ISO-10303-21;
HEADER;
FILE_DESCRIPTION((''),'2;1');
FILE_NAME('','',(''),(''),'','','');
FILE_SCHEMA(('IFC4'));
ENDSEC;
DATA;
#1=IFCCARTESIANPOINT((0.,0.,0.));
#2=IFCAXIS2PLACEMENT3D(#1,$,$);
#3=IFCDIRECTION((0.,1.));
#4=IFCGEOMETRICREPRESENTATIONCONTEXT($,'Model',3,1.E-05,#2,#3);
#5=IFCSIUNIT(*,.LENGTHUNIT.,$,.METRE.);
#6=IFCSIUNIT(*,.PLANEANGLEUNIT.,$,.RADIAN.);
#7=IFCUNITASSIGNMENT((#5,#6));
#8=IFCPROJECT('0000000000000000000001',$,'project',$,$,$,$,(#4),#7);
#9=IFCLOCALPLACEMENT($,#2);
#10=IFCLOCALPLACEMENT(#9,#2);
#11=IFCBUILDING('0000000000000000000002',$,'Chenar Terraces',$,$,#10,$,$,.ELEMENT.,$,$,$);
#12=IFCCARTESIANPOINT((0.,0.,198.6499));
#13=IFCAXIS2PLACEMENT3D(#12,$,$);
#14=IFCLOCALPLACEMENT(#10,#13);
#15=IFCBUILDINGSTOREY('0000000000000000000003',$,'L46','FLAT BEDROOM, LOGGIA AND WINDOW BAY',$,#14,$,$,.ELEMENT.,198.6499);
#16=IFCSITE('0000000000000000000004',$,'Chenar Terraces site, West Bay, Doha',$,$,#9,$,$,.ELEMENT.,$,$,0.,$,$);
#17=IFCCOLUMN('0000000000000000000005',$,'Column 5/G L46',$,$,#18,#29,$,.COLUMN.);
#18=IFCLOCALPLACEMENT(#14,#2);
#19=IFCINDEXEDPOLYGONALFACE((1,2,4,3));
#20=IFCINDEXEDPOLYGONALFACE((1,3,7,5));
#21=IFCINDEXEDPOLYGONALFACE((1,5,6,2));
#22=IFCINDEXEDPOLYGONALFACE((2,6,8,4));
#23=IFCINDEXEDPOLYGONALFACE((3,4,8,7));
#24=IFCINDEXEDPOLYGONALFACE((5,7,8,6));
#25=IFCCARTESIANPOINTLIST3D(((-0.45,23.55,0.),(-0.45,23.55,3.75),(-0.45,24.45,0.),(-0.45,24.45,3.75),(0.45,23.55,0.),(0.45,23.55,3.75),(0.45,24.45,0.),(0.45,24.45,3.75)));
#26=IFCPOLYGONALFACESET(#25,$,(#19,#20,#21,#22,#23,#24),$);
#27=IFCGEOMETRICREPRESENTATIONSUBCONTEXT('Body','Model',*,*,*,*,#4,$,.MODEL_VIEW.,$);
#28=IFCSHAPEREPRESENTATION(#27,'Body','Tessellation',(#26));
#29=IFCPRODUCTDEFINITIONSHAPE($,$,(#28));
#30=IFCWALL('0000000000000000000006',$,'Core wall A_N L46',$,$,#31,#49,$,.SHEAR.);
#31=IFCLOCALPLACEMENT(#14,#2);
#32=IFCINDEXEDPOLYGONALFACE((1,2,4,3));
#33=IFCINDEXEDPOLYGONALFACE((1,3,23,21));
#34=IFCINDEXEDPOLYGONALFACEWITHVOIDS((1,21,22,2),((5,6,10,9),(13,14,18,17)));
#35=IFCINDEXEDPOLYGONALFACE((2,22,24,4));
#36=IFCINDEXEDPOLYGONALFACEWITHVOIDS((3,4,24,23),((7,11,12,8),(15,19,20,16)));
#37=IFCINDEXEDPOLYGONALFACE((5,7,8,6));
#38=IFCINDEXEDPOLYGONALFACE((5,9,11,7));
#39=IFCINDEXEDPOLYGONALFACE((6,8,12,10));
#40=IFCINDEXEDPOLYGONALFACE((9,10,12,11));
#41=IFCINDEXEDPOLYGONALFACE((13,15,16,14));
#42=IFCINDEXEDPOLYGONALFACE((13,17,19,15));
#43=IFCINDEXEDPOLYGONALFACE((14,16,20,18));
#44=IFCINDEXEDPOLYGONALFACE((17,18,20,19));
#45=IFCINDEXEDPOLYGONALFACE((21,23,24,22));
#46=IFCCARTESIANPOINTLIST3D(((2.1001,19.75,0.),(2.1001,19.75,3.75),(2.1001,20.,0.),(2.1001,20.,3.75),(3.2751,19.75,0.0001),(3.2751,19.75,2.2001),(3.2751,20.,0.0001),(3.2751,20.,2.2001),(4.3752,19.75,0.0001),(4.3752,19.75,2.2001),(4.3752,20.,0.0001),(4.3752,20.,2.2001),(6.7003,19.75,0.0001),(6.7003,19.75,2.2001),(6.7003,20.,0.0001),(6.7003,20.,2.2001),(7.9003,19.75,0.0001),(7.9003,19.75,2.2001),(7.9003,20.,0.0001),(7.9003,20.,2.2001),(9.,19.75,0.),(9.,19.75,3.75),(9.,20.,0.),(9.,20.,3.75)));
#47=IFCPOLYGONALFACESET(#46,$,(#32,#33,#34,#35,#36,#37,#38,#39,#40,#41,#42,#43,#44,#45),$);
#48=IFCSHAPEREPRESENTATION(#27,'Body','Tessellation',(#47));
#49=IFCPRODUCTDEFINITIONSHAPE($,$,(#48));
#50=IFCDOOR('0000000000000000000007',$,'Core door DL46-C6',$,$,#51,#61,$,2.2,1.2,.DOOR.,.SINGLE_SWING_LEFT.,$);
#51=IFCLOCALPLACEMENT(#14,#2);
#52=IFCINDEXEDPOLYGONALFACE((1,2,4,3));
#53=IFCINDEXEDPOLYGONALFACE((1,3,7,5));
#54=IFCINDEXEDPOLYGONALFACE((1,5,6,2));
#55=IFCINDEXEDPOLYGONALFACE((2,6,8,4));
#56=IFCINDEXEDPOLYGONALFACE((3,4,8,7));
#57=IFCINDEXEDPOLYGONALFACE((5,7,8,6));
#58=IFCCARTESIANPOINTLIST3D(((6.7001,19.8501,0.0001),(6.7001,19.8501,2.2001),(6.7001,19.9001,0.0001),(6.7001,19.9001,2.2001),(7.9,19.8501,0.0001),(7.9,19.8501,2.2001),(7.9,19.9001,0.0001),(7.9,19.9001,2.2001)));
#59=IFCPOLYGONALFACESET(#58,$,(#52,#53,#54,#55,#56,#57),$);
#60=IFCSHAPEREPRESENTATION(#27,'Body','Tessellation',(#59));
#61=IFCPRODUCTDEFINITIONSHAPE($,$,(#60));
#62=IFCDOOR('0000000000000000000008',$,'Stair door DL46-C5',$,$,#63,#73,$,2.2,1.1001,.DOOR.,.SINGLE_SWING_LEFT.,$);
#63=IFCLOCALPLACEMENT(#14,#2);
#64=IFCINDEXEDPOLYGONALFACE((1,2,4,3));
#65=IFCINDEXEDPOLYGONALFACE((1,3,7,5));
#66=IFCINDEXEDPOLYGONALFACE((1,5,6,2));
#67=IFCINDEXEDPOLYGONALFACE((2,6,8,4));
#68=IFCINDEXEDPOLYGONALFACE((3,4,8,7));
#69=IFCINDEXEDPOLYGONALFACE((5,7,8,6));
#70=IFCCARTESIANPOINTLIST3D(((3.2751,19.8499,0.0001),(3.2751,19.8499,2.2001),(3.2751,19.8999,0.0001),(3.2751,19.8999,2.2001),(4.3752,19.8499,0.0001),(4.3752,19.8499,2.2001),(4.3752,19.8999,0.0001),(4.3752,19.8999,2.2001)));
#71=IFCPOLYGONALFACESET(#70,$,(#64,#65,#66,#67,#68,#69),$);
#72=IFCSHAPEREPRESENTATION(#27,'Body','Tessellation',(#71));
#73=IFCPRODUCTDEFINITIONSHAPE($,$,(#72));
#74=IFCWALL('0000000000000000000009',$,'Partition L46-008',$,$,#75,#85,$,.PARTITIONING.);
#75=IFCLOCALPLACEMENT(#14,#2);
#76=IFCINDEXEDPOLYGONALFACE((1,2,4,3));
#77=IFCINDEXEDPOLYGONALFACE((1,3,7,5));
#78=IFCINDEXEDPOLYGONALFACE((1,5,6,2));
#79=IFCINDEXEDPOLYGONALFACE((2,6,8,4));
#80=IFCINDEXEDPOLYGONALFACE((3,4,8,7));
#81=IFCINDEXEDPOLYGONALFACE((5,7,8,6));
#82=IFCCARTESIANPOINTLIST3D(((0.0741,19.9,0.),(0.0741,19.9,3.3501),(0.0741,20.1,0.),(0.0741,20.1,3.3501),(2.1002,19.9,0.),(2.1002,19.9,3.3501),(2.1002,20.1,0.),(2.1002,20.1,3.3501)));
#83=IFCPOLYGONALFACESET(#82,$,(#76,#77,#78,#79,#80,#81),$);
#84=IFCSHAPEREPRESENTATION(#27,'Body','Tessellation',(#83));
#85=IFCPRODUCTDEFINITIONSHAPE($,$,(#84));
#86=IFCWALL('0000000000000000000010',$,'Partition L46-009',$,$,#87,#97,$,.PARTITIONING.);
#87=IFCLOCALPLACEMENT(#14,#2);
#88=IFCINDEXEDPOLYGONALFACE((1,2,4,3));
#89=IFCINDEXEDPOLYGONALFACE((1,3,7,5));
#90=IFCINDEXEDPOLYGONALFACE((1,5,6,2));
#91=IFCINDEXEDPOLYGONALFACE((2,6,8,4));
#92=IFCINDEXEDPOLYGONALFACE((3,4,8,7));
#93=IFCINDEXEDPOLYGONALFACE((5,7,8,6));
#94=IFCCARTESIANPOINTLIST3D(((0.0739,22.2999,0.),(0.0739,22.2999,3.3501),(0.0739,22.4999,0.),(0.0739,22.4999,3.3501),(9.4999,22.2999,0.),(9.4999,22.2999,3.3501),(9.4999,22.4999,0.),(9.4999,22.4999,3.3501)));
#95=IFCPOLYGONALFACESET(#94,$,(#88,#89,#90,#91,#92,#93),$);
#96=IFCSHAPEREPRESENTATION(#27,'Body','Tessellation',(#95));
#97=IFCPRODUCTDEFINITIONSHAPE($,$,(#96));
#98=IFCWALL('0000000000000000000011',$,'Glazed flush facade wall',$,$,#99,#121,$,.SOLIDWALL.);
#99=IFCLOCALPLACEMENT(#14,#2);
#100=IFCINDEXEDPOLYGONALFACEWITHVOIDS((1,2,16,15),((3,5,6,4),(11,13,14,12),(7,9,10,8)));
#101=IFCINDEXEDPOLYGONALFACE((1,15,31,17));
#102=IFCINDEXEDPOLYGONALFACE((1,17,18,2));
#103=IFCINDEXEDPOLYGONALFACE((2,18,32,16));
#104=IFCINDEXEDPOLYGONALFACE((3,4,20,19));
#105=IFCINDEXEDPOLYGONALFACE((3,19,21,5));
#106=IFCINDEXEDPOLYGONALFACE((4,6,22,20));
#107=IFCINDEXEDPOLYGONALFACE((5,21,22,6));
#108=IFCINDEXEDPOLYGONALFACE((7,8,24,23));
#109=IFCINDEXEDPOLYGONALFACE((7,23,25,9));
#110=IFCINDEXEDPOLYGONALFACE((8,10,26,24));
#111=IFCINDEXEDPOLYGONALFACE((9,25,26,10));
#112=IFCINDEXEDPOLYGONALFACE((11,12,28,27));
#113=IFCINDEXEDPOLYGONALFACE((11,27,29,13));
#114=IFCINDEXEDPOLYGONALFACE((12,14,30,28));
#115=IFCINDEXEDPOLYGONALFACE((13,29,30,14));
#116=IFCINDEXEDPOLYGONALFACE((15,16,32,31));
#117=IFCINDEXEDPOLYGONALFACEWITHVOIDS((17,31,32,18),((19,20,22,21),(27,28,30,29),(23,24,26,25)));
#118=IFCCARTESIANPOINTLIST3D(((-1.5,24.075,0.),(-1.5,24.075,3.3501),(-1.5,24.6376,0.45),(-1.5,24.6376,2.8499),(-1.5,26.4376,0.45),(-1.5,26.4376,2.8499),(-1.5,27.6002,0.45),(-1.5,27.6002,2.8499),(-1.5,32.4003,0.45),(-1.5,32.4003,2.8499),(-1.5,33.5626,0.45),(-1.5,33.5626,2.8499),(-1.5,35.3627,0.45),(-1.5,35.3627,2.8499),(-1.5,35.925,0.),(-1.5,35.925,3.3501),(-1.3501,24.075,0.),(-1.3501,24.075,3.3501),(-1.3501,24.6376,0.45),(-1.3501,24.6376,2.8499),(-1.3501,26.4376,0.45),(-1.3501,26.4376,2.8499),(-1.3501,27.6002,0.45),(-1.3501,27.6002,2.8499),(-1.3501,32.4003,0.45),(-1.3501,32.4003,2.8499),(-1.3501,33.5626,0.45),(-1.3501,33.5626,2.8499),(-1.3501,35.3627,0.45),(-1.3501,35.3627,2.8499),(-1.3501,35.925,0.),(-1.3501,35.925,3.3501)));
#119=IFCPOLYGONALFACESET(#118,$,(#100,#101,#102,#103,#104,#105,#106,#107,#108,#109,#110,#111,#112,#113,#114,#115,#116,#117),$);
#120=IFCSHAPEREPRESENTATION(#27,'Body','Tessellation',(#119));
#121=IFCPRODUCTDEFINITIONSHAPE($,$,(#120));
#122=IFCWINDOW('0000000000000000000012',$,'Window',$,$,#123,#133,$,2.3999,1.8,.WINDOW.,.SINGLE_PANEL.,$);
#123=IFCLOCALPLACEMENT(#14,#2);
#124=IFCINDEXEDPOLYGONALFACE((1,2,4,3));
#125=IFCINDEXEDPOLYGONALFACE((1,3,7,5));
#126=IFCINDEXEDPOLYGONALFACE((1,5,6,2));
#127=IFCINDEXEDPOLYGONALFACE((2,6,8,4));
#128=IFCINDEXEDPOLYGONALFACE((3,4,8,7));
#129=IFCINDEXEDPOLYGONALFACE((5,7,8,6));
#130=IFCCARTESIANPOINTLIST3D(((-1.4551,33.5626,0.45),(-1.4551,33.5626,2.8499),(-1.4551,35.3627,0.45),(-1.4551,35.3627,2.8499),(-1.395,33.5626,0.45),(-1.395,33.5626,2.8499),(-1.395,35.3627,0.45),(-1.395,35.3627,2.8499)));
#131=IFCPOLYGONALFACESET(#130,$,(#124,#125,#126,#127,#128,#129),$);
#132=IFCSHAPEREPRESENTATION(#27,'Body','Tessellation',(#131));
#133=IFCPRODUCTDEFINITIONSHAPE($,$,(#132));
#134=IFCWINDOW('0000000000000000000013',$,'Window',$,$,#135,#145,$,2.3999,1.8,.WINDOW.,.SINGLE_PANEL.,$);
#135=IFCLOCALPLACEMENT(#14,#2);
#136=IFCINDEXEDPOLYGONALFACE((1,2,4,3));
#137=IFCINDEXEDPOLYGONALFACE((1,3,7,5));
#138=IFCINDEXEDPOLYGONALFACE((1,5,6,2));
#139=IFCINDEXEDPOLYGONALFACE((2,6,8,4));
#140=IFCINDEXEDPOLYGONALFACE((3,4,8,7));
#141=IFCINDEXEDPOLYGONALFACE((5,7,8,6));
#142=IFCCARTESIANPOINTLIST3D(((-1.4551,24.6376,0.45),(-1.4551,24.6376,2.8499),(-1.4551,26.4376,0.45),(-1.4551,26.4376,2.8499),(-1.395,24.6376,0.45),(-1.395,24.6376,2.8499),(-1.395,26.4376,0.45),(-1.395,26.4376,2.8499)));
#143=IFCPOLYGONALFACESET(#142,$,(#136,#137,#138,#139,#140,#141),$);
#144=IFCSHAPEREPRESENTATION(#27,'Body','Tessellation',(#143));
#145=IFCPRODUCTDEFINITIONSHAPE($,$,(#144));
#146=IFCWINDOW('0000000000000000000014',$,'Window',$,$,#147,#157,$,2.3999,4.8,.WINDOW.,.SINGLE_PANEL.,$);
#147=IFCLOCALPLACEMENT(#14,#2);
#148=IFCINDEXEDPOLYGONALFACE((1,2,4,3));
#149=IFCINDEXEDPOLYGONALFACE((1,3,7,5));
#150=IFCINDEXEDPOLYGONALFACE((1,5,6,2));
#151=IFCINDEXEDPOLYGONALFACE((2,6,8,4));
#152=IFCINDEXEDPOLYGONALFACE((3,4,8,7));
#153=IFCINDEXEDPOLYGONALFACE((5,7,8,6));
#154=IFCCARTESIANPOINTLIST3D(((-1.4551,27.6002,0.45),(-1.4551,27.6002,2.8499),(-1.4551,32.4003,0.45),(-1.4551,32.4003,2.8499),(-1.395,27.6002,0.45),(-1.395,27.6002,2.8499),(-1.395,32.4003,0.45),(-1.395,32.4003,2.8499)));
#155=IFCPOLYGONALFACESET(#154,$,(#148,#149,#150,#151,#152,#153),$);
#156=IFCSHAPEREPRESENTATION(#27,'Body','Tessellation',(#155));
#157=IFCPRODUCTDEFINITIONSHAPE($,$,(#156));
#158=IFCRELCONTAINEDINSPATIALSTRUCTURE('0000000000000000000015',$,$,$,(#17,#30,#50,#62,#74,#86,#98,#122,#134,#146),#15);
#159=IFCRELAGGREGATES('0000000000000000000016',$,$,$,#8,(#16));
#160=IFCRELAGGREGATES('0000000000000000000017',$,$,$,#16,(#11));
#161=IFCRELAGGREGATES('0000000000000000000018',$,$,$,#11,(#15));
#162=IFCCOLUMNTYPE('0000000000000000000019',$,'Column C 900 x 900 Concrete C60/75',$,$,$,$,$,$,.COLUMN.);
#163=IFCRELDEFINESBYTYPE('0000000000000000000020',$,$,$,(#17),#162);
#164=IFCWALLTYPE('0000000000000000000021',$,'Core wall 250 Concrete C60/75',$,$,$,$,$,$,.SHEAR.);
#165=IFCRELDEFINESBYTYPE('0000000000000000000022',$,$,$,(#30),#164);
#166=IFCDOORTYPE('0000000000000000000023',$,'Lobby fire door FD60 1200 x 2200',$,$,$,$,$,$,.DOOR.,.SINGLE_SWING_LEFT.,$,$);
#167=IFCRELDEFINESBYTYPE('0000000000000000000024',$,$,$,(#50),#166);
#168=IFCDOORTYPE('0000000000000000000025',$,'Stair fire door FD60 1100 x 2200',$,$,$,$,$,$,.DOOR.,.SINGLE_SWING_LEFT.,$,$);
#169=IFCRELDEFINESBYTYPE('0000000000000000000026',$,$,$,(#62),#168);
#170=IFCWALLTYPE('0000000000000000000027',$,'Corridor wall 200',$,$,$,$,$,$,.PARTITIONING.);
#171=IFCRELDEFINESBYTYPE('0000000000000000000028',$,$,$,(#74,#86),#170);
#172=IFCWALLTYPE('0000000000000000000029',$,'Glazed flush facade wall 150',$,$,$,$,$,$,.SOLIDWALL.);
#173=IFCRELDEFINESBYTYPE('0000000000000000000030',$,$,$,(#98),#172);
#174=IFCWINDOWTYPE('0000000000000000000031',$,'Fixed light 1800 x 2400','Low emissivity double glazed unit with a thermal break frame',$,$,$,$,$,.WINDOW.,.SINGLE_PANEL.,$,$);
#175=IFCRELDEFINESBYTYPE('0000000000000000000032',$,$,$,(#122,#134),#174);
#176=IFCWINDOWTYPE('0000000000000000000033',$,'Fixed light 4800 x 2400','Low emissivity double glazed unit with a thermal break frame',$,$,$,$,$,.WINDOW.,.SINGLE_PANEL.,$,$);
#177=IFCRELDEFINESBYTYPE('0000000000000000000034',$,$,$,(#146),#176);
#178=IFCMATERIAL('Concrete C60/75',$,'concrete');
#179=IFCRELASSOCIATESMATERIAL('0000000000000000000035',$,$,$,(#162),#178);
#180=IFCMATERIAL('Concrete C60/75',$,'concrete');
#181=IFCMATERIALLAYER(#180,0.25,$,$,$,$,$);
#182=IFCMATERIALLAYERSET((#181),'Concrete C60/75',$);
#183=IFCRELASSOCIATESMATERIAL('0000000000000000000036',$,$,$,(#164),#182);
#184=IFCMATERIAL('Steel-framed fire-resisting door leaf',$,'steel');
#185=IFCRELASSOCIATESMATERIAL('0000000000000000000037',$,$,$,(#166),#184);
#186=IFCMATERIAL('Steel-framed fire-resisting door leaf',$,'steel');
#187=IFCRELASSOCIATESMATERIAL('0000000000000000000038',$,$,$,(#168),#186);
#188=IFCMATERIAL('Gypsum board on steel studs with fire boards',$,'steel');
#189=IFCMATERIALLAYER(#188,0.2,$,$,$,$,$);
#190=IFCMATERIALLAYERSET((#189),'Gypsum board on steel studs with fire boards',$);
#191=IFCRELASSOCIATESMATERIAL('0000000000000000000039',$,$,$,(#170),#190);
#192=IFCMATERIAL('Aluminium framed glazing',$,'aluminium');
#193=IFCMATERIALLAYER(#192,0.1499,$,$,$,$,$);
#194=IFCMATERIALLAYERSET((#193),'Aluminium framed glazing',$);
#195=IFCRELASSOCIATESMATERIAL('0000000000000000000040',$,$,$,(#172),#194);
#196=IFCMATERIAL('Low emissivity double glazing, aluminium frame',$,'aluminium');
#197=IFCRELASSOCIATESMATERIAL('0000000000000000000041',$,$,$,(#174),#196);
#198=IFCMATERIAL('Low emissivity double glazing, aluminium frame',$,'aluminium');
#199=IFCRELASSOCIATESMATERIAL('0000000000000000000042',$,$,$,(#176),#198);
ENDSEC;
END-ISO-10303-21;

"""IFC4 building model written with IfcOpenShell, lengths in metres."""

from ifc_helpers import new_model, si_unit, direction, frame, frame_2d, origin, origin_2d, place, context, subcontext, project, spatial, rectangle, extrude, material, layer, layer_set, material_profile, profile_set, type_object, element, fill, save


model = new_model("IFC4")

# Units and contexts
model_context = context("Model", 3, precision=1e-05, world=origin(), true_north=direction((0.0, 1.0)))
body_context = subcontext(model_context, "Body", "Model", "MODEL_VIEW")
ifc_project = project(units=[si_unit("LENGTHUNIT", "METRE"), si_unit("PLANEANGLEUNIT", "RADIAN")], contexts=[model_context])

# Site, building, storey
site_placement = place(None, origin())
site = spatial("IfcSite", under=ifc_project, at=site_placement, Name="Chenar Terraces site, West Bay, Doha", CompositionType="ELEMENT", RefElevation=0.0)
building_placement = place(site_placement, origin())
building = spatial("IfcBuilding", under=site, at=building_placement, Name="Chenar Terraces", CompositionType="ELEMENT")
storey_placement = place(building_placement, frame((0.0, 0.0, 198.6499)))
storey = spatial("IfcBuildingStorey", under=building, at=storey_placement, Name="L46", Description="FLAT BEDROOM, LOGGIA AND WINDOW BAY", CompositionType="ELEMENT", Elevation=198.6499)

# Column
ifc_material_1 = material(Name="Concrete C60/75", Category="concrete")
ifc_material_profile = material_profile(ifc_material_1, rectangle(XDim=0.8999, YDim=0.8999, at=origin_2d()), Name="C 900 x 900")
ifc_profile_set = profile_set([ifc_material_profile], Name="Concrete C60/75")
column_type = type_object("IfcColumnType", Name="Column C 900 x 900 Concrete C60/75", PredefinedType="COLUMN", material=ifc_profile_set)
column_placement = place(storey_placement, frame((0.0, 24.0, 0.0), z_axis=(0.0, 0.0, 1.0), x_axis=(1.0, 0.0, 0.0)))
element("IfcColumn", 1, at=column_placement, inside=storey, type_object=column_type, Name="Column 5/G L46", PredefinedType="COLUMN", context=body_context, shape_type="SweptSolid", body=[
    extrude(rectangle(XDim=0.8999, YDim=0.8999, at=origin_2d()), origin(), (0.0, 0.0, 1.0), 3.75),
])

# Wall, openings, doors
ifc_material_2 = material(Name="Concrete C60/75", Category="concrete")
ifc_layer_1 = layer(ifc_material_2, 0.25)
ifc_layer_set_1 = layer_set([ifc_layer_1], Name="Concrete C60/75")
wall_type_1 = type_object("IfcWallType", Name="Core wall 250 Concrete C60/75", PredefinedType="SHEAR", material=ifc_layer_set_1)
wall_1_placement = place(storey_placement, frame((2.1001, 19.875, 0.0), z_axis=(0.0, 0.0, 1.0), x_axis=(1.0, 0.0, 0.0)))
wall_1 = element("IfcWall", 2, at=wall_1_placement, inside=storey, type_object=wall_type_1, Name="Core wall A_N L46", PredefinedType="SHEAR", context=body_context, shape_type="SweptSolid", body=[
    extrude(rectangle(XDim=6.8999, YDim=0.25, at=frame_2d((3.45, 0.0))), origin(), (0.0, 0.0, 1.0), 3.75),
])
opening_1_placement = place(wall_1_placement, frame((1.175, 0.0, 0.0)))
opening_1 = element("IfcOpeningElement", 3, at=opening_1_placement, cuts=wall_1, PredefinedType="OPENING", context=body_context, shape_type="SweptSolid", body=[
    extrude(rectangle(XDim=1.1001, YDim=2.2, at=frame_2d((0.55, 1.1001))), frame((0.0, 0.135, 0.0), z_axis=(0.0, -1.0, 0.0), x_axis=(1.0, 0.0, 0.0)), (0.0, 0.0, 1.0), 0.27),
])
opening_2_placement = place(wall_1_placement, frame((4.6001, 0.0, 0.0)))
opening_2 = element("IfcOpeningElement", 4, at=opening_2_placement, cuts=wall_1, PredefinedType="OPENING", context=body_context, shape_type="SweptSolid", body=[
    extrude(rectangle(XDim=1.2, YDim=2.2, at=frame_2d((0.6001, 1.1001))), frame((0.0, 0.135, 0.0), z_axis=(0.0, -1.0, 0.0), x_axis=(1.0, 0.0, 0.0)), (0.0, 0.0, 1.0), 0.27),
])
ifc_material_3 = material(Name="Steel-framed fire-resisting door leaf", Category="steel")
door_type_1 = type_object("IfcDoorType", Name="Lobby fire door FD60 1200 x 2200", OperationType="SINGLE_SWING_LEFT", PredefinedType="DOOR", material=ifc_material_3)
door_1_placement = place(opening_2_placement, frame((1.2, 0.0, 0.0), z_axis=(0.0, 0.0, 1.0), x_axis=(-1.0, 0.0, 0.0)))
door_1 = element("IfcDoor", 5, at=door_1_placement, inside=storey, type_object=door_type_1, Name="Core door DL46-C6", OperationType="SINGLE_SWING_LEFT", OverallHeight=2.2, OverallWidth=1.2, PredefinedType="DOOR", context=body_context, shape_type="SweptSolid", body=[
    extrude(rectangle(XDim=1.2, YDim=2.2, at=frame_2d((0.6001, 1.1001))), frame((0.0, 0.0249, 0.0), z_axis=(0.0, -1.0, 0.0), x_axis=(1.0, 0.0, 0.0)), (0.0, 0.0, 1.0), 0.05),
])
fill(opening_2, door_1)
ifc_material_4 = material(Name="Steel-framed fire-resisting door leaf", Category="steel")
door_type_2 = type_object("IfcDoorType", Name="Stair fire door FD60 1100 x 2200", OperationType="SINGLE_SWING_LEFT", PredefinedType="DOOR", material=ifc_material_4)
door_2_placement = place(opening_1_placement, origin())
door_2 = element("IfcDoor", 6, at=door_2_placement, inside=storey, type_object=door_type_2, Name="Stair door DL46-C5", OperationType="SINGLE_SWING_LEFT", OverallHeight=2.2, OverallWidth=1.1001, PredefinedType="DOOR", context=body_context, shape_type="SweptSolid", body=[
    extrude(rectangle(XDim=1.1001, YDim=2.2, at=frame_2d((0.55, 1.1001))), frame((0.0, 0.0249, 0.0), z_axis=(0.0, -1.0, 0.0), x_axis=(1.0, 0.0, 0.0)), (0.0, 0.0, 1.0), 0.05),
])
fill(opening_1, door_2)

# Walls
ifc_material_5 = material(Name="Gypsum board on steel studs with fire boards", Category="steel")
ifc_layer_2 = layer(ifc_material_5, 0.2)
ifc_layer_set_2 = layer_set([ifc_layer_2], Name="Gypsum board on steel studs with fire boards")
wall_type_2 = type_object("IfcWallType", Name="Corridor wall 200", PredefinedType="PARTITIONING", material=ifc_layer_set_2)
wall_2_placement = place(storey_placement, frame((0.074, 20.0, 0.0), z_axis=(0.0, 0.0, 1.0), x_axis=(1.0, 0.0, 0.0)))
element("IfcWall", 7, at=wall_2_placement, inside=storey, type_object=wall_type_2, Name="Partition L46-008", PredefinedType="PARTITIONING", context=body_context, shape_type="SweptSolid", body=[
    extrude(rectangle(XDim=2.0261, YDim=0.2, at=frame_2d((1.0132, 0.0))), origin(), (0.0, 0.0, 1.0), 3.3501),
])
wall_3_placement = place(storey_placement, frame((0.074, 22.3999, 0.0), z_axis=(0.0, 0.0, 1.0), x_axis=(1.0, 0.0, 0.0)))
element("IfcWall", 8, at=wall_3_placement, inside=storey, type_object=wall_type_2, Name="Partition L46-009", PredefinedType="PARTITIONING", context=body_context, shape_type="SweptSolid", body=[
    extrude(rectangle(XDim=9.426, YDim=0.2, at=frame_2d((4.7129, 0.0))), origin(), (0.0, 0.0, 1.0), 3.3501),
])

# Wall, openings, windows
ifc_material_6 = material(Name="Aluminium framed glazing", Category="aluminium")
ifc_layer_3 = layer(ifc_material_6, 0.1499)
ifc_layer_set_3 = layer_set([ifc_layer_3], Name="Aluminium framed glazing")
wall_type_3 = type_object("IfcWallType", Name="Glazed flush facade wall 150", PredefinedType="SOLIDWALL", material=ifc_layer_set_3)
wall_4_placement = place(storey_placement, frame((-1.425, 35.925, 0.0), z_axis=(0.0, 0.0, 1.0), x_axis=(0.0, -1.0, 0.0)))
wall_4 = element("IfcWall", 9, at=wall_4_placement, inside=storey, type_object=wall_type_3, Name="Glazed flush facade wall", PredefinedType="SOLIDWALL", context=body_context, shape_type="SweptSolid", body=[
    extrude(rectangle(XDim=11.8501, YDim=0.1499, at=frame_2d((5.925, 0.0))), origin(), (0.0, 0.0, 1.0), 3.3501),
])
opening_3_placement = place(wall_4_placement, frame((0.5625, 0.0, 0.45)))
opening_3 = element("IfcOpeningElement", 10, at=opening_3_placement, cuts=wall_4, PredefinedType="OPENING", context=body_context, shape_type="SweptSolid", body=[
    extrude(rectangle(XDim=1.8, YDim=2.3999, at=frame_2d((0.8999, 1.2))), frame((0.0, 0.085, 0.0), z_axis=(0.0, -1.0, 0.0), x_axis=(1.0, 0.0, 0.0)), (0.0, 0.0, 1.0), 0.1699),
])
opening_4_placement = place(wall_4_placement, frame((3.5249, 0.0, 0.45)))
opening_4 = element("IfcOpeningElement", 11, at=opening_4_placement, cuts=wall_4, PredefinedType="OPENING", context=body_context, shape_type="SweptSolid", body=[
    extrude(rectangle(XDim=4.8, YDim=2.3999, at=frame_2d((2.3999, 1.2))), frame((0.0, 0.085, 0.0), z_axis=(0.0, -1.0, 0.0), x_axis=(1.0, 0.0, 0.0)), (0.0, 0.0, 1.0), 0.1699),
])
opening_5_placement = place(wall_4_placement, frame((9.4875, 0.0, 0.45)))
opening_5 = element("IfcOpeningElement", 12, at=opening_5_placement, cuts=wall_4, PredefinedType="OPENING", context=body_context, shape_type="SweptSolid", body=[
    extrude(rectangle(XDim=1.8, YDim=2.3999, at=frame_2d((0.8999, 1.2))), frame((0.0, 0.085, 0.0), z_axis=(0.0, -1.0, 0.0), x_axis=(1.0, 0.0, 0.0)), (0.0, 0.0, 1.0), 0.1699),
])
ifc_material_7 = material(Name="Low emissivity double glazing, aluminium frame", Category="aluminium")
window_type_1 = type_object("IfcWindowType", Name="Fixed light 1800 x 2400", Description="Low emissivity double glazed unit with a thermal break frame", PartitioningType="SINGLE_PANEL", PredefinedType="WINDOW", material=ifc_material_7)
window_1_placement = place(opening_3_placement, origin())
window_1 = element("IfcWindow", 13, at=window_1_placement, inside=storey, type_object=window_type_1, Name="Window", OverallHeight=2.3999, OverallWidth=1.8, PartitioningType="SINGLE_PANEL", PredefinedType="WINDOW", context=body_context, shape_type="SweptSolid", body=[
    extrude(rectangle(XDim=1.8, YDim=2.3999, at=frame_2d((0.8999, 1.2))), frame((0.0, 0.03, 0.0), z_axis=(0.0, -1.0, 0.0), x_axis=(1.0, 0.0, 0.0)), (0.0, 0.0, 1.0), 0.0601),
])
fill(opening_3, window_1)
window_2_placement = place(opening_5_placement, origin())
window_2 = element("IfcWindow", 14, at=window_2_placement, inside=storey, type_object=window_type_1, Name="Window", OverallHeight=2.3999, OverallWidth=1.8, PartitioningType="SINGLE_PANEL", PredefinedType="WINDOW", context=body_context, shape_type="SweptSolid", body=[
    extrude(rectangle(XDim=1.8, YDim=2.3999, at=frame_2d((0.8999, 1.2))), frame((0.0, 0.03, 0.0), z_axis=(0.0, -1.0, 0.0), x_axis=(1.0, 0.0, 0.0)), (0.0, 0.0, 1.0), 0.0601),
])
fill(opening_5, window_2)
ifc_material_8 = material(Name="Low emissivity double glazing, aluminium frame", Category="aluminium")
window_type_2 = type_object("IfcWindowType", Name="Fixed light 4800 x 2400", Description="Low emissivity double glazed unit with a thermal break frame", PartitioningType="SINGLE_PANEL", PredefinedType="WINDOW", material=ifc_material_8)
window_3_placement = place(opening_4_placement, origin())
window_3 = element("IfcWindow", 15, at=window_3_placement, inside=storey, type_object=window_type_2, Name="Window", OverallHeight=2.3999, OverallWidth=4.8, PartitioningType="SINGLE_PANEL", PredefinedType="WINDOW", context=body_context, shape_type="SweptSolid", body=[
    extrude(rectangle(XDim=4.8, YDim=2.3999, at=frame_2d((2.3999, 1.2))), frame((0.0, 0.03, 0.0), z_axis=(0.0, -1.0, 0.0), x_axis=(1.0, 0.0, 0.0)), (0.0, 0.0, 1.0), 0.0601),
])
fill(opening_4, window_3)

save(model, "model.ifc")
